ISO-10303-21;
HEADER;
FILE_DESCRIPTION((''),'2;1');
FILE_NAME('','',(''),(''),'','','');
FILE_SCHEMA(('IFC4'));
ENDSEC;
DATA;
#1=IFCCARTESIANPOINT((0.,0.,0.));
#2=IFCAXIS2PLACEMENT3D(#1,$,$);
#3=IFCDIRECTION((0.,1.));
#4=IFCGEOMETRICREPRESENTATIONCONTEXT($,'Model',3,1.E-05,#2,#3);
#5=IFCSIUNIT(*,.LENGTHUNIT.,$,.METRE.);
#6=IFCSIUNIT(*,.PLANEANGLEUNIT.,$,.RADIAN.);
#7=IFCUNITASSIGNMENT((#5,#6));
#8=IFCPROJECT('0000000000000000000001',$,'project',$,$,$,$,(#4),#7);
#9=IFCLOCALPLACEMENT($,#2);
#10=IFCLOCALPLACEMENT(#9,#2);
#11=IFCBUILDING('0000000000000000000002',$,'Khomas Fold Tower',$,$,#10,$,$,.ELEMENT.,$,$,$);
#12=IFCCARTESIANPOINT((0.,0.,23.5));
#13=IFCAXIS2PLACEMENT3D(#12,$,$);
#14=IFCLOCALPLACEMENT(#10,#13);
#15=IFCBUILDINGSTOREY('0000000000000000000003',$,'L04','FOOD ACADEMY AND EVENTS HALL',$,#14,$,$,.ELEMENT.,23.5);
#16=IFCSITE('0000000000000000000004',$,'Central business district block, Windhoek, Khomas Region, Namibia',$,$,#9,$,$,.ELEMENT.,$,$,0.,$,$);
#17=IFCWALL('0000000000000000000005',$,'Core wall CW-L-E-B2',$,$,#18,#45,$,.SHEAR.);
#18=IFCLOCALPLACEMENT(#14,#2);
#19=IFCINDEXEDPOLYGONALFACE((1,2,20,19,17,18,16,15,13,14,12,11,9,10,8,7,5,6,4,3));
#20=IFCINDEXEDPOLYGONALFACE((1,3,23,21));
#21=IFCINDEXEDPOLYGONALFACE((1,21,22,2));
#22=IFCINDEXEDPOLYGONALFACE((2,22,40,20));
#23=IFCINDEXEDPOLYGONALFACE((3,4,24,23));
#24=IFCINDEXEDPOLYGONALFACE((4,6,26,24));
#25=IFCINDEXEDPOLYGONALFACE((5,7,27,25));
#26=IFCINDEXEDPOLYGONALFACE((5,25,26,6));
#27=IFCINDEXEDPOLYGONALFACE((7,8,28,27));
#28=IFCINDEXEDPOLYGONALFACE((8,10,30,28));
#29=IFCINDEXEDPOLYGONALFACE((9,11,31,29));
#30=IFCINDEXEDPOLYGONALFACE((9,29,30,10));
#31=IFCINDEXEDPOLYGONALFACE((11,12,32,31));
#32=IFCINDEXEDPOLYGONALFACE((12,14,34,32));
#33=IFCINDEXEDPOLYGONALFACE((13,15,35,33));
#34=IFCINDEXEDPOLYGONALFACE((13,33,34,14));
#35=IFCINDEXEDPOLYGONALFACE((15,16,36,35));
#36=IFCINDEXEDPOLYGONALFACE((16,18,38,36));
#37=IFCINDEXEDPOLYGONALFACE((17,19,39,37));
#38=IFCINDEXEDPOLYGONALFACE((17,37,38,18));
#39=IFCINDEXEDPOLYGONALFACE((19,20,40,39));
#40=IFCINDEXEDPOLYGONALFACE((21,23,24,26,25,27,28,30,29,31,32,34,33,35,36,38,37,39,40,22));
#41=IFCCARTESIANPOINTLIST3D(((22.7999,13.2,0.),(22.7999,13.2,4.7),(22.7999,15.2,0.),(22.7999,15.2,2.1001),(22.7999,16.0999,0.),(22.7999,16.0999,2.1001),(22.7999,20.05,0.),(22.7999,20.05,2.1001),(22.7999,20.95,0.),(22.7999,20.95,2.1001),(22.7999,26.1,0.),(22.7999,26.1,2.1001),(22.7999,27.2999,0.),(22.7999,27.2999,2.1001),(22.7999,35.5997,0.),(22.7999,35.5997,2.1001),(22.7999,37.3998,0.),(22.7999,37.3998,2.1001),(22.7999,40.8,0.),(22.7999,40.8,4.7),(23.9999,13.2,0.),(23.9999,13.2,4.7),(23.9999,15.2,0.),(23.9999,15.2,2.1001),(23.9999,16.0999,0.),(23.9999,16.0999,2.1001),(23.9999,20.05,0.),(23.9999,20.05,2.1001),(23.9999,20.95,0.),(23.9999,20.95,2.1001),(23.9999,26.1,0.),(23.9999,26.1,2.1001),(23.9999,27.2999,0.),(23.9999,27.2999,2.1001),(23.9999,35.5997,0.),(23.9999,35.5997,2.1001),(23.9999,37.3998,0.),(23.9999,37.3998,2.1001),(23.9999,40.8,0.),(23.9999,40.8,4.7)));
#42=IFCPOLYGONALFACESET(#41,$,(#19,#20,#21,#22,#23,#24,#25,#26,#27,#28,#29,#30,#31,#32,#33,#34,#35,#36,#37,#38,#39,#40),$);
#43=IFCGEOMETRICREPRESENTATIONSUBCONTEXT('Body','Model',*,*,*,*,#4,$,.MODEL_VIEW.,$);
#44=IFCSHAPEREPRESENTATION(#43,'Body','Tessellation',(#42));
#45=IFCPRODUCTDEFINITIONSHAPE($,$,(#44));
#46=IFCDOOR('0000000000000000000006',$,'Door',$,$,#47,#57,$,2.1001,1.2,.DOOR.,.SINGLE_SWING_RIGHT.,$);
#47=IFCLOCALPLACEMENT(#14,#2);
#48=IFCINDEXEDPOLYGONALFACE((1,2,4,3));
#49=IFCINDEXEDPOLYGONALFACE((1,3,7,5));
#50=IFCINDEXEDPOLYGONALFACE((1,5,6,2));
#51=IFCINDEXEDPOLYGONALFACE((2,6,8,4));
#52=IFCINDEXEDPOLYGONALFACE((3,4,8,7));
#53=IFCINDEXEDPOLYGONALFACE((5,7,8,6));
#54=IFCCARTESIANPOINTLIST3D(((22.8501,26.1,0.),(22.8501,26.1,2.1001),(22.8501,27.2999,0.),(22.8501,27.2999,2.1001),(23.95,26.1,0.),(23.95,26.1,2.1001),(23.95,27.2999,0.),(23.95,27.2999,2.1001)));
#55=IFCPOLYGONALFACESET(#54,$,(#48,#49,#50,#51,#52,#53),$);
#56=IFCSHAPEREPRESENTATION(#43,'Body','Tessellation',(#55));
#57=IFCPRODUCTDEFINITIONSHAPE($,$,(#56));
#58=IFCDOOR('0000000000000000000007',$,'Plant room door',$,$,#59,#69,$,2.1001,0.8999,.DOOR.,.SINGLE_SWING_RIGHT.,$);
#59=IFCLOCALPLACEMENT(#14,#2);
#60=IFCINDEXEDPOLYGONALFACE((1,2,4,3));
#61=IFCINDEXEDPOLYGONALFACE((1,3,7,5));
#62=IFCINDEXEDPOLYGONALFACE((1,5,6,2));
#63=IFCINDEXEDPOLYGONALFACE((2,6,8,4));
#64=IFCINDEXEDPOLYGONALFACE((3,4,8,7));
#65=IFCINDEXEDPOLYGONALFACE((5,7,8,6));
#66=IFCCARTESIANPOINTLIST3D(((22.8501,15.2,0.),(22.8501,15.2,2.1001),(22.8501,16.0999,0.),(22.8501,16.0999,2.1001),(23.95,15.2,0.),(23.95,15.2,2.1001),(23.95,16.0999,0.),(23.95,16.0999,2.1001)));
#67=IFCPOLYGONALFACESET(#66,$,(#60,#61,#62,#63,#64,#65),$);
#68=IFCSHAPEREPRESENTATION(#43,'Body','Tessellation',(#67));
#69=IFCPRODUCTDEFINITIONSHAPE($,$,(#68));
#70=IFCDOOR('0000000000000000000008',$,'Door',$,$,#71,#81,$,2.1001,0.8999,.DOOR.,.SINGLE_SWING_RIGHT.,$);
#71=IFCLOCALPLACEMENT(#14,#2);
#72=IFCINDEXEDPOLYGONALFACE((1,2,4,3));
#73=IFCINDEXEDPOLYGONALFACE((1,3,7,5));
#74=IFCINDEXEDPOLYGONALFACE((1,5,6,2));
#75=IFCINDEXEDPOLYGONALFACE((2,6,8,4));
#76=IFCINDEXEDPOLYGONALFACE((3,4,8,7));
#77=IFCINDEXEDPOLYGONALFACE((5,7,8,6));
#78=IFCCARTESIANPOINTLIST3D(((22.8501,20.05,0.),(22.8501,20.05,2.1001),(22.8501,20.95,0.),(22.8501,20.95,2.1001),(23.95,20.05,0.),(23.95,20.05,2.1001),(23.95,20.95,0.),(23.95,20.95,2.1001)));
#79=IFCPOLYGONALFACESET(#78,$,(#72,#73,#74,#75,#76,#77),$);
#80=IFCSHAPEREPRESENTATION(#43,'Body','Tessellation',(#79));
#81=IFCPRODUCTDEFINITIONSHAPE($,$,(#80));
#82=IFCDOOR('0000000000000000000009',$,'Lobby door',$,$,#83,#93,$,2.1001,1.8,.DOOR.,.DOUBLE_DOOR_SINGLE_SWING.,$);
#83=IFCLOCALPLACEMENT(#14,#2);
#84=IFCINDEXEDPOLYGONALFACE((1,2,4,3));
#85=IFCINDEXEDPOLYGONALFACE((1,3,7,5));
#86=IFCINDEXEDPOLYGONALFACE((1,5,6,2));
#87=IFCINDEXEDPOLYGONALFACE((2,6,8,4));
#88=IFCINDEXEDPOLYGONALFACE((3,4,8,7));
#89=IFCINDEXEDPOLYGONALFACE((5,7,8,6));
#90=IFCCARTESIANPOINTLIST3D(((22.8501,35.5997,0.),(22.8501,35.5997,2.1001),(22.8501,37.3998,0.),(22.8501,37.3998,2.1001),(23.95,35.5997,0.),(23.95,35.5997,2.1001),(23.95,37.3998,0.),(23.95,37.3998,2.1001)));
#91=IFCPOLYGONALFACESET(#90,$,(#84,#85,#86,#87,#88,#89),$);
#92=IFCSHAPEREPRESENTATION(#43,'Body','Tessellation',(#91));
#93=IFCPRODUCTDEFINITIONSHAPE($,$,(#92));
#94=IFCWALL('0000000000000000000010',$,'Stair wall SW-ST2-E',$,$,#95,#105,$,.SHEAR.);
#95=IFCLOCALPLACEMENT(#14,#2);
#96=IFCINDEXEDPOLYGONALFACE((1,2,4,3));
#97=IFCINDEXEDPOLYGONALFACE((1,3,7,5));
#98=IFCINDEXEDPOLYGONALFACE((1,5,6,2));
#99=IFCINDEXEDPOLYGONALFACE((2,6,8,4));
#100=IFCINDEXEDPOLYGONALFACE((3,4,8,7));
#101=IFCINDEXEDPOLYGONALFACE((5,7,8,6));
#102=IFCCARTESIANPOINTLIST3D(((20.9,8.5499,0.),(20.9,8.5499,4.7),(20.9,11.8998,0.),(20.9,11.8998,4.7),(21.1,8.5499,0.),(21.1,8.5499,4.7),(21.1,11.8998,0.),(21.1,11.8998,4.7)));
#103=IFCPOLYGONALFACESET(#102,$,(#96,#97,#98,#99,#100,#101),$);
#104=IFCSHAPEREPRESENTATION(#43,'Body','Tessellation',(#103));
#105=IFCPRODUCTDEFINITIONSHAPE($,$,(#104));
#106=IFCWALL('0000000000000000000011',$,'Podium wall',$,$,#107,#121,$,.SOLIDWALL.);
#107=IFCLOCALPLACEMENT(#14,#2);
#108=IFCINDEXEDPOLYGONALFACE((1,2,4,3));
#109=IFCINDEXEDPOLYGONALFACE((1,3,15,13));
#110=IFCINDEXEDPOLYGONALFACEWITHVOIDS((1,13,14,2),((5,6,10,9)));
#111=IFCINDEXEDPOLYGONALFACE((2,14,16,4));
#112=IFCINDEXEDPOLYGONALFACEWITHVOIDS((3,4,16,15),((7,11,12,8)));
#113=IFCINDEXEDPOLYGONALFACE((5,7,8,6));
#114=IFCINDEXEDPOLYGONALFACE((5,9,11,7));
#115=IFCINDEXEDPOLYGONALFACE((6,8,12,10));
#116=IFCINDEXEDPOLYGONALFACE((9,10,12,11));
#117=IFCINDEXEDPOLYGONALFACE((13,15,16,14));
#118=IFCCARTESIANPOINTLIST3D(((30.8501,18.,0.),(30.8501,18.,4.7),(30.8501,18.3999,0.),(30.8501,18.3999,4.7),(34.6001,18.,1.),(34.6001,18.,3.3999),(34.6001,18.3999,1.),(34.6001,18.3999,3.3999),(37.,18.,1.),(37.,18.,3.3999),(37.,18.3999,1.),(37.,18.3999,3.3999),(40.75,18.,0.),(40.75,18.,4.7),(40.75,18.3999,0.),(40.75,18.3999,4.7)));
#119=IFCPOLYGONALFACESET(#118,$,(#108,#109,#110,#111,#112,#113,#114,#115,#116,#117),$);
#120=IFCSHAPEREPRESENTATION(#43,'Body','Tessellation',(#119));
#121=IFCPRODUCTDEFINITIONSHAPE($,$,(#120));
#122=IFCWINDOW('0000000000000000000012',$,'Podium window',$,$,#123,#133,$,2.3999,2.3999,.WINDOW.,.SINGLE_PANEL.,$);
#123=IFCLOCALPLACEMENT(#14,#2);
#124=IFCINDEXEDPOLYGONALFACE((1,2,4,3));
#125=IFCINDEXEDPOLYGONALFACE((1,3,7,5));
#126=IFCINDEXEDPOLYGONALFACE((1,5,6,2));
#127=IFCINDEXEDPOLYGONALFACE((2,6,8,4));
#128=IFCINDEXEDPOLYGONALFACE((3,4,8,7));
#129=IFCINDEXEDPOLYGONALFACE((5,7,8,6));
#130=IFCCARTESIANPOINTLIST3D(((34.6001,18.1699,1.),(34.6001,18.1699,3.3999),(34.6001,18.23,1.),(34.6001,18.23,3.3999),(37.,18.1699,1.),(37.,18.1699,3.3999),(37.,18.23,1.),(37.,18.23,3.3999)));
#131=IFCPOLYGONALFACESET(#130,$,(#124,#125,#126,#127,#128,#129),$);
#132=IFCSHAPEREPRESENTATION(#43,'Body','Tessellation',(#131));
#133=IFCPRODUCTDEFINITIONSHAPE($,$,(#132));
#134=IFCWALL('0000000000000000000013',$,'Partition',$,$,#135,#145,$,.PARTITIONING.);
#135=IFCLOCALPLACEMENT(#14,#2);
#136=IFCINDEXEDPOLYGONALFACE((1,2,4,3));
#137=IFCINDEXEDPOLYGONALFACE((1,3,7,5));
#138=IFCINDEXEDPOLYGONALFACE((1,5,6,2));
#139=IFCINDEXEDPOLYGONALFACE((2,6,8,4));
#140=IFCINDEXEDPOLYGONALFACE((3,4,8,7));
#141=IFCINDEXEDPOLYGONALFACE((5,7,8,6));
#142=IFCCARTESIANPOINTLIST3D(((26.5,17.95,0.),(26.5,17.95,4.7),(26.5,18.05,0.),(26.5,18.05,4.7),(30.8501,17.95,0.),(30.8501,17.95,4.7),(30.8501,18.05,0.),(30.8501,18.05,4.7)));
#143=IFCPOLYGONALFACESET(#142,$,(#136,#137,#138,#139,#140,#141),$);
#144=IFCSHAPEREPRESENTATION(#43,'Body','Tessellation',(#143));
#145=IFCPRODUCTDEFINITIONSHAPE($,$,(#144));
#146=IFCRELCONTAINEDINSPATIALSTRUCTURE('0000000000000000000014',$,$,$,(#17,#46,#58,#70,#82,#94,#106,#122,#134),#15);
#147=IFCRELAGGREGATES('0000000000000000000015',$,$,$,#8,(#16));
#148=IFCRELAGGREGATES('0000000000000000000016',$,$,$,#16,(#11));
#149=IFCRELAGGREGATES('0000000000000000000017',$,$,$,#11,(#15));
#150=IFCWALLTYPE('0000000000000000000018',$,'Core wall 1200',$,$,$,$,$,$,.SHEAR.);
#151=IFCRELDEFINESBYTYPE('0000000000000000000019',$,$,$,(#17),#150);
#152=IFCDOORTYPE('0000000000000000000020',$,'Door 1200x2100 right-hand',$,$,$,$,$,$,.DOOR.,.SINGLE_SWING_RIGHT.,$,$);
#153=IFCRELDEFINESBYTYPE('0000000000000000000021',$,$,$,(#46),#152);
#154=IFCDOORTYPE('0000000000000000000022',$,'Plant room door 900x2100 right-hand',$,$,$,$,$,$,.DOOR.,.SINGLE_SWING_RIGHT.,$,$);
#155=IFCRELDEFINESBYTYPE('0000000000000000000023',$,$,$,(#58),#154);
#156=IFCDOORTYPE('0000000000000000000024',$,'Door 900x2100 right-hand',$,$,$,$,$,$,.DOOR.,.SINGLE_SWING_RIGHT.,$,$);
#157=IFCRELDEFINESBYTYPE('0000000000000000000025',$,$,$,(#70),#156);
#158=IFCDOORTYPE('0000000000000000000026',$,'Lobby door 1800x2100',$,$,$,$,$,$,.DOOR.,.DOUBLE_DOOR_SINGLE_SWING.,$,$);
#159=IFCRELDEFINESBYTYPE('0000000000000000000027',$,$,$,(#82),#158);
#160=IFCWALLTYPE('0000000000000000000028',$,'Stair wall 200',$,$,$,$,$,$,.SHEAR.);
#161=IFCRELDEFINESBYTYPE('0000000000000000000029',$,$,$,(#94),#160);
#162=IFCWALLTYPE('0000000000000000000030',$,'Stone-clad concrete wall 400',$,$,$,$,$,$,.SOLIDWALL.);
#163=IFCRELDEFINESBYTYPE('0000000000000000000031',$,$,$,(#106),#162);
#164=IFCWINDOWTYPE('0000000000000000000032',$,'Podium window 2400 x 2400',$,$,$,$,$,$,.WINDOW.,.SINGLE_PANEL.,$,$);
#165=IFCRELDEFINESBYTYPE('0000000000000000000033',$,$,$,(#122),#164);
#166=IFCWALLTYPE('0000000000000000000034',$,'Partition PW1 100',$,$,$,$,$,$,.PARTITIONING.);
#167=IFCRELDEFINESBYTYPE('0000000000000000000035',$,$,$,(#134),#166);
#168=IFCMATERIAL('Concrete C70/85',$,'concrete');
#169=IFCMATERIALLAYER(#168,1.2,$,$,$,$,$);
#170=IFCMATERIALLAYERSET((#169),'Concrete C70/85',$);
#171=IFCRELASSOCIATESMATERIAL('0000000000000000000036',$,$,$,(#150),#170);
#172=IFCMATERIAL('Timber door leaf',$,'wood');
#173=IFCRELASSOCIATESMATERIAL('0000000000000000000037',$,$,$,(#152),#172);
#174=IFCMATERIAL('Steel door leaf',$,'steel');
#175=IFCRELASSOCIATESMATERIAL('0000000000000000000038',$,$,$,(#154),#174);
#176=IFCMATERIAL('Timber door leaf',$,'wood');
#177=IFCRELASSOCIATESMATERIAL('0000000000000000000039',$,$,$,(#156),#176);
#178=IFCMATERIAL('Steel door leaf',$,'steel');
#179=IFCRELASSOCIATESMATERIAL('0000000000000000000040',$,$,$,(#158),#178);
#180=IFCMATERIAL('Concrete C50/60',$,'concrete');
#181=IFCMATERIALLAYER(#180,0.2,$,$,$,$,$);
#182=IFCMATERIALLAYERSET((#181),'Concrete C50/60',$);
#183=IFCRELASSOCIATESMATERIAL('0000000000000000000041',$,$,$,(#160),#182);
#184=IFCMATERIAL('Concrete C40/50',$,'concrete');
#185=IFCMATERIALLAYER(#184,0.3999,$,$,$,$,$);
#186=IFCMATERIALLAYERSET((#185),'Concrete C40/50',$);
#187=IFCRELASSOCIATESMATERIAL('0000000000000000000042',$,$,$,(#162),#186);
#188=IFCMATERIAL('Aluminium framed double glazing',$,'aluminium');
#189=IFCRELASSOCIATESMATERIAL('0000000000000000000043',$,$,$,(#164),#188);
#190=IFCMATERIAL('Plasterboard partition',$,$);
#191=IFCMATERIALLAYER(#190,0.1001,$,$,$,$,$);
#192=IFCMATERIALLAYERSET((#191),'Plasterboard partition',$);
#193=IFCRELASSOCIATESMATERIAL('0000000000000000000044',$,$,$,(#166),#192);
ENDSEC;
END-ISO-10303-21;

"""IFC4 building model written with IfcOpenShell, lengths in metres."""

from ifc_helpers import new_model, si_unit, direction, frame, frame_2d, origin, place, context, subcontext, project, spatial, rectangle, extrude, source, transform, mapped, material, layer, layer_set, type_object, element, fill, save


model = new_model("IFC4")

# Units and contexts
model_context = context("Model", 3, precision=1e-05, world=origin(), true_north=direction((0.0, 1.0)))
body_context = subcontext(model_context, "Body", "Model", "MODEL_VIEW")
ifc_project = project(units=[si_unit("LENGTHUNIT", "METRE"), si_unit("PLANEANGLEUNIT", "RADIAN")], contexts=[model_context])

# Site, building, storey
site_placement = place(None, origin())
site = spatial("IfcSite", under=ifc_project, at=site_placement, Name="Central business district block, Windhoek, Khomas Region, Namibia", CompositionType="ELEMENT", RefElevation=0.0)
building_placement = place(site_placement, origin())
building = spatial("IfcBuilding", under=site, at=building_placement, Name="Khomas Fold Tower", CompositionType="ELEMENT")
storey_placement = place(building_placement, frame((0.0, 0.0, 23.5)))
storey = spatial("IfcBuildingStorey", under=building, at=storey_placement, Name="L04", Description="FOOD ACADEMY AND EVENTS HALL", CompositionType="ELEMENT", Elevation=23.5)

# Shared definitions
ifc_material_1 = material(Name="Concrete C70/85", Category="concrete")
ifc_layer_1 = layer(ifc_material_1, 1.2)
ifc_layer_set_1 = layer_set([ifc_layer_1], Name="Concrete C70/85")
wall_type_1 = type_object("IfcWallType", Name="Core wall 1200", PredefinedType="SHEAR", material=ifc_layer_set_1)

# Wall, openings, doors
shared_shape_1 = source(origin(), body_context, "Body", "SweptSolid", [
    extrude(rectangle(XDim=27.6001, YDim=1.2, at=frame_2d((13.8, 0.0))), origin(), (0.0, 0.0, 1.0), 4.7),
])
wall_1_placement = place(storey_placement, frame((23.3999, 13.2, 0.0), z_axis=(0.0, 0.0, 1.0), x_axis=(0.0, 1.0, 0.0)))
wall_1 = element("IfcWall", 1, at=wall_1_placement, inside=storey, type_object=wall_type_1, Name="Core wall CW-L-E-B2", PredefinedType="SHEAR", context=body_context, shape_type="MappedRepresentation", body=[
    mapped(shared_shape_1, transform((0.0, 0.0, 0.0))),
])
shared_shape_2 = source(origin(), body_context, "Body", "SweptSolid", [
    extrude(rectangle(XDim=1.8, YDim=2.1001, at=frame_2d((0.8999, 1.05))), frame((0.0, 0.6099, 0.0), z_axis=(0.0, -1.0, 0.0), x_axis=(1.0, 0.0, 0.0)), (0.0, 0.0, 1.0), 1.22),
])
opening_1_placement = place(wall_1_placement, frame((22.3999, 0.0, 0.0)))
opening_1 = element("IfcOpeningElement", 2, at=opening_1_placement, cuts=wall_1, PredefinedType="OPENING", context=body_context, shape_type="MappedRepresentation", body=[
    mapped(shared_shape_2, transform((0.0, 0.0, 0.0))),
])
shared_shape_3 = source(origin(), body_context, "Body", "SweptSolid", [
    extrude(rectangle(XDim=1.2, YDim=2.1001, at=frame_2d((0.6001, 1.05))), frame((0.0, 0.6099, 0.0), z_axis=(0.0, -1.0, 0.0), x_axis=(1.0, 0.0, 0.0)), (0.0, 0.0, 1.0), 1.22),
])
opening_2_placement = place(wall_1_placement, frame((12.8999, 0.0, 0.0)))
opening_2 = element("IfcOpeningElement", 3, at=opening_2_placement, cuts=wall_1, PredefinedType="OPENING", context=body_context, shape_type="MappedRepresentation", body=[
    mapped(shared_shape_3, transform((0.0, 0.0, 0.0))),
])
shared_shape_4 = source(origin(), body_context, "Body", "SweptSolid", [
    extrude(rectangle(XDim=0.8999, YDim=2.1001, at=frame_2d((0.45, 1.05))), frame((0.0, 0.6099, 0.0), z_axis=(0.0, -1.0, 0.0), x_axis=(1.0, 0.0, 0.0)), (0.0, 0.0, 1.0), 1.22),
])
opening_3_placement = place(wall_1_placement, frame((2.0, 0.0, 0.0)))
opening_3 = element("IfcOpeningElement", 4, at=opening_3_placement, cuts=wall_1, PredefinedType="OPENING", context=body_context, shape_type="MappedRepresentation", body=[
    mapped(shared_shape_4, transform((0.0, 0.0, 0.0))),
])
opening_4_placement = place(wall_1_placement, frame((6.8501, 0.0, 0.0)))
opening_4 = element("IfcOpeningElement", 5, at=opening_4_placement, cuts=wall_1, PredefinedType="OPENING", context=body_context, shape_type="MappedRepresentation", body=[
    mapped(shared_shape_4, transform((0.0, 0.0, 0.0))),
])
ifc_material_2 = material(Name="Timber door leaf", Category="wood")
door_type_1 = type_object("IfcDoorType", Name="Door 1200x2100 right-hand", OperationType="SINGLE_SWING_RIGHT", PredefinedType="DOOR", material=ifc_material_2)
shared_shape_5 = source(origin(), body_context, "Body", "SweptSolid", [
    extrude(rectangle(XDim=1.2, YDim=2.1001, at=frame_2d((0.6001, 1.05))), frame((0.0, 0.5498, 0.0), z_axis=(0.0, -1.0, 0.0), x_axis=(1.0, 0.0, 0.0)), (0.0, 0.0, 1.0), 1.0999),
])
door_1_placement = place(opening_2_placement, origin())
door_1 = element("IfcDoor", 6, at=door_1_placement, inside=storey, type_object=door_type_1, Name="Door", OperationType="SINGLE_SWING_RIGHT", OverallHeight=2.1001, OverallWidth=1.2, PredefinedType="DOOR", context=body_context, shape_type="MappedRepresentation", body=[
    mapped(shared_shape_5, transform((0.0, 0.0, 0.0))),
])
fill(opening_2, door_1)
ifc_material_3 = material(Name="Steel door leaf", Category="steel")
door_type_2 = type_object("IfcDoorType", Name="Plant room door 900x2100 right-hand", OperationType="SINGLE_SWING_RIGHT", PredefinedType="DOOR", material=ifc_material_3)
shared_shape_6 = source(origin(), body_context, "Body", "SweptSolid", [
    extrude(rectangle(XDim=0.8999, YDim=2.1001, at=frame_2d((0.45, 1.05))), frame((0.0, 0.5498, 0.0), z_axis=(0.0, -1.0, 0.0), x_axis=(1.0, 0.0, 0.0)), (0.0, 0.0, 1.0), 1.0999),
])
door_2_placement = place(opening_3_placement, origin())
door_2 = element("IfcDoor", 7, at=door_2_placement, inside=storey, type_object=door_type_2, Name="Plant room door", OperationType="SINGLE_SWING_RIGHT", OverallHeight=2.1001, OverallWidth=0.8999, PredefinedType="DOOR", context=body_context, shape_type="MappedRepresentation", body=[
    mapped(shared_shape_6, transform((0.0, 0.0, 0.0))),
])
fill(opening_3, door_2)
ifc_material_4 = material(Name="Timber door leaf", Category="wood")
door_type_3 = type_object("IfcDoorType", Name="Door 900x2100 right-hand", OperationType="SINGLE_SWING_RIGHT", PredefinedType="DOOR", material=ifc_material_4)
door_3_placement = place(opening_4_placement, origin())
door_3 = element("IfcDoor", 8, at=door_3_placement, inside=storey, type_object=door_type_3, Name="Door", OperationType="SINGLE_SWING_RIGHT", OverallHeight=2.1001, OverallWidth=0.8999, PredefinedType="DOOR", context=body_context, shape_type="MappedRepresentation", body=[
    mapped(shared_shape_6, transform((0.0, 0.0, 0.0))),
])
fill(opening_4, door_3)
ifc_material_5 = material(Name="Steel door leaf", Category="steel")
door_type_4 = type_object("IfcDoorType", Name="Lobby door 1800x2100", OperationType="DOUBLE_DOOR_SINGLE_SWING", PredefinedType="DOOR", material=ifc_material_5)
shared_shape_7 = source(origin(), body_context, "Body", "SweptSolid", [
    extrude(rectangle(XDim=1.8, YDim=2.1001, at=frame_2d((0.8999, 1.05))), frame((0.0, 0.5498, 0.0), z_axis=(0.0, -1.0, 0.0), x_axis=(1.0, 0.0, 0.0)), (0.0, 0.0, 1.0), 1.0999),
])
door_4_placement = place(opening_1_placement, origin())
door_4 = element("IfcDoor", 9, at=door_4_placement, inside=storey, type_object=door_type_4, Name="Lobby door", OperationType="DOUBLE_DOOR_SINGLE_SWING", OverallHeight=2.1001, OverallWidth=1.8, PredefinedType="DOOR", context=body_context, shape_type="MappedRepresentation", body=[
    mapped(shared_shape_7, transform((0.0, 0.0, 0.0))),
])
fill(opening_1, door_4)

# Wall
ifc_material_6 = material(Name="Concrete C50/60", Category="concrete")
ifc_layer_2 = layer(ifc_material_6, 0.2)
ifc_layer_set_2 = layer_set([ifc_layer_2], Name="Concrete C50/60")
wall_type_2 = type_object("IfcWallType", Name="Stair wall 200", PredefinedType="SHEAR", material=ifc_layer_set_2)
shared_shape_8 = source(origin(), body_context, "Body", "SweptSolid", [
    extrude(rectangle(XDim=3.3499, YDim=0.2, at=frame_2d((1.6748, 0.0))), origin(), (0.0, 0.0, 1.0), 4.7),
])
wall_2_placement = place(storey_placement, frame((21.0, 8.55, 0.0), z_axis=(0.0, 0.0, 1.0), x_axis=(0.0, 1.0, 0.0)))
element("IfcWall", 10, at=wall_2_placement, inside=storey, type_object=wall_type_2, Name="Stair wall SW-ST2-E", PredefinedType="SHEAR", context=body_context, shape_type="MappedRepresentation", body=[
    mapped(shared_shape_8, transform((0.0, 0.0, 0.0))),
])

# Wall, opening, window
ifc_material_7 = material(Name="Concrete C40/50", Category="concrete")
ifc_layer_3 = layer(ifc_material_7, 0.3999)
ifc_layer_set_3 = layer_set([ifc_layer_3], Name="Concrete C40/50")
wall_type_3 = type_object("IfcWallType", Name="Stone-clad concrete wall 400", PredefinedType="SOLIDWALL", material=ifc_layer_set_3)
shared_shape_9 = source(origin(), body_context, "Body", "SweptSolid", [
    extrude(rectangle(XDim=9.8999, YDim=0.3999, at=frame_2d((4.95, 0.0))), origin(), (0.0, 0.0, 1.0), 4.7),
])
wall_3_placement = place(storey_placement, frame((30.8501, 18.2, 0.0), z_axis=(0.0, 0.0, 1.0), x_axis=(1.0, 0.0, 0.0)))
wall_3 = element("IfcWall", 11, at=wall_3_placement, inside=storey, type_object=wall_type_3, Name="Podium wall", PredefinedType="SOLIDWALL", context=body_context, shape_type="MappedRepresentation", body=[
    mapped(shared_shape_9, transform((0.0, 0.0, 0.0))),
])
shared_shape_10 = source(origin(), body_context, "Body", "SweptSolid", [
    extrude(rectangle(XDim=2.3999, YDim=2.3999, at=frame_2d((1.2, 1.2))), frame((0.0, 0.21, 0.0), z_axis=(0.0, -1.0, 0.0), x_axis=(1.0, 0.0, 0.0)), (0.0, 0.0, 1.0), 0.4199),
])
opening_5_placement = place(wall_3_placement, frame((3.75, 0.0, 1.0)))
opening_5 = element("IfcOpeningElement", 12, at=opening_5_placement, cuts=wall_3, PredefinedType="OPENING", context=body_context, shape_type="MappedRepresentation", body=[
    mapped(shared_shape_10, transform((0.0, 0.0, 0.0))),
])
ifc_material_8 = material(Name="Aluminium framed double glazing", Category="aluminium")
window_type = type_object("IfcWindowType", Name="Podium window 2400 x 2400", PartitioningType="SINGLE_PANEL", PredefinedType="WINDOW", material=ifc_material_8)
shared_shape_11 = source(origin(), body_context, "Body", "SweptSolid", [
    extrude(rectangle(XDim=2.3999, YDim=2.3999, at=frame_2d((1.2, 1.2))), frame((0.0, 0.03, 0.0), z_axis=(0.0, -1.0, 0.0), x_axis=(1.0, 0.0, 0.0)), (0.0, 0.0, 1.0), 0.0601),
])
window_placement = place(opening_5_placement, origin())
window = element("IfcWindow", 13, at=window_placement, inside=storey, type_object=window_type, Name="Podium window", OverallHeight=2.3999, OverallWidth=2.3999, PartitioningType="SINGLE_PANEL", PredefinedType="WINDOW", context=body_context, shape_type="MappedRepresentation", body=[
    mapped(shared_shape_11, transform((0.0, 0.0, 0.0))),
])
fill(opening_5, window)

# Wall
ifc_material_9 = material(Name="Plasterboard partition")
ifc_layer_4 = layer(ifc_material_9, 0.1001)
ifc_layer_set_4 = layer_set([ifc_layer_4], Name="Plasterboard partition")
wall_type_4 = type_object("IfcWallType", Name="Partition PW1 100", PredefinedType="PARTITIONING", material=ifc_layer_set_4)
shared_shape_12 = source(origin(), body_context, "Body", "SweptSolid", [
    extrude(rectangle(XDim=4.3501, YDim=0.1001, at=frame_2d((2.175, 0.0))), origin(), (0.0, 0.0, 1.0), 4.7),
])
wall_4_placement = place(storey_placement, frame((26.5, 18.0, 0.0), z_axis=(0.0, 0.0, 1.0), x_axis=(1.0, 0.0, 0.0)))
element("IfcWall", 14, at=wall_4_placement, inside=storey, type_object=wall_type_4, Name="Partition", PredefinedType="PARTITIONING", context=body_context, shape_type="MappedRepresentation", body=[
    mapped(shared_shape_12, transform((0.0, 0.0, 0.0))),
])

save(model, "model.ifc")
